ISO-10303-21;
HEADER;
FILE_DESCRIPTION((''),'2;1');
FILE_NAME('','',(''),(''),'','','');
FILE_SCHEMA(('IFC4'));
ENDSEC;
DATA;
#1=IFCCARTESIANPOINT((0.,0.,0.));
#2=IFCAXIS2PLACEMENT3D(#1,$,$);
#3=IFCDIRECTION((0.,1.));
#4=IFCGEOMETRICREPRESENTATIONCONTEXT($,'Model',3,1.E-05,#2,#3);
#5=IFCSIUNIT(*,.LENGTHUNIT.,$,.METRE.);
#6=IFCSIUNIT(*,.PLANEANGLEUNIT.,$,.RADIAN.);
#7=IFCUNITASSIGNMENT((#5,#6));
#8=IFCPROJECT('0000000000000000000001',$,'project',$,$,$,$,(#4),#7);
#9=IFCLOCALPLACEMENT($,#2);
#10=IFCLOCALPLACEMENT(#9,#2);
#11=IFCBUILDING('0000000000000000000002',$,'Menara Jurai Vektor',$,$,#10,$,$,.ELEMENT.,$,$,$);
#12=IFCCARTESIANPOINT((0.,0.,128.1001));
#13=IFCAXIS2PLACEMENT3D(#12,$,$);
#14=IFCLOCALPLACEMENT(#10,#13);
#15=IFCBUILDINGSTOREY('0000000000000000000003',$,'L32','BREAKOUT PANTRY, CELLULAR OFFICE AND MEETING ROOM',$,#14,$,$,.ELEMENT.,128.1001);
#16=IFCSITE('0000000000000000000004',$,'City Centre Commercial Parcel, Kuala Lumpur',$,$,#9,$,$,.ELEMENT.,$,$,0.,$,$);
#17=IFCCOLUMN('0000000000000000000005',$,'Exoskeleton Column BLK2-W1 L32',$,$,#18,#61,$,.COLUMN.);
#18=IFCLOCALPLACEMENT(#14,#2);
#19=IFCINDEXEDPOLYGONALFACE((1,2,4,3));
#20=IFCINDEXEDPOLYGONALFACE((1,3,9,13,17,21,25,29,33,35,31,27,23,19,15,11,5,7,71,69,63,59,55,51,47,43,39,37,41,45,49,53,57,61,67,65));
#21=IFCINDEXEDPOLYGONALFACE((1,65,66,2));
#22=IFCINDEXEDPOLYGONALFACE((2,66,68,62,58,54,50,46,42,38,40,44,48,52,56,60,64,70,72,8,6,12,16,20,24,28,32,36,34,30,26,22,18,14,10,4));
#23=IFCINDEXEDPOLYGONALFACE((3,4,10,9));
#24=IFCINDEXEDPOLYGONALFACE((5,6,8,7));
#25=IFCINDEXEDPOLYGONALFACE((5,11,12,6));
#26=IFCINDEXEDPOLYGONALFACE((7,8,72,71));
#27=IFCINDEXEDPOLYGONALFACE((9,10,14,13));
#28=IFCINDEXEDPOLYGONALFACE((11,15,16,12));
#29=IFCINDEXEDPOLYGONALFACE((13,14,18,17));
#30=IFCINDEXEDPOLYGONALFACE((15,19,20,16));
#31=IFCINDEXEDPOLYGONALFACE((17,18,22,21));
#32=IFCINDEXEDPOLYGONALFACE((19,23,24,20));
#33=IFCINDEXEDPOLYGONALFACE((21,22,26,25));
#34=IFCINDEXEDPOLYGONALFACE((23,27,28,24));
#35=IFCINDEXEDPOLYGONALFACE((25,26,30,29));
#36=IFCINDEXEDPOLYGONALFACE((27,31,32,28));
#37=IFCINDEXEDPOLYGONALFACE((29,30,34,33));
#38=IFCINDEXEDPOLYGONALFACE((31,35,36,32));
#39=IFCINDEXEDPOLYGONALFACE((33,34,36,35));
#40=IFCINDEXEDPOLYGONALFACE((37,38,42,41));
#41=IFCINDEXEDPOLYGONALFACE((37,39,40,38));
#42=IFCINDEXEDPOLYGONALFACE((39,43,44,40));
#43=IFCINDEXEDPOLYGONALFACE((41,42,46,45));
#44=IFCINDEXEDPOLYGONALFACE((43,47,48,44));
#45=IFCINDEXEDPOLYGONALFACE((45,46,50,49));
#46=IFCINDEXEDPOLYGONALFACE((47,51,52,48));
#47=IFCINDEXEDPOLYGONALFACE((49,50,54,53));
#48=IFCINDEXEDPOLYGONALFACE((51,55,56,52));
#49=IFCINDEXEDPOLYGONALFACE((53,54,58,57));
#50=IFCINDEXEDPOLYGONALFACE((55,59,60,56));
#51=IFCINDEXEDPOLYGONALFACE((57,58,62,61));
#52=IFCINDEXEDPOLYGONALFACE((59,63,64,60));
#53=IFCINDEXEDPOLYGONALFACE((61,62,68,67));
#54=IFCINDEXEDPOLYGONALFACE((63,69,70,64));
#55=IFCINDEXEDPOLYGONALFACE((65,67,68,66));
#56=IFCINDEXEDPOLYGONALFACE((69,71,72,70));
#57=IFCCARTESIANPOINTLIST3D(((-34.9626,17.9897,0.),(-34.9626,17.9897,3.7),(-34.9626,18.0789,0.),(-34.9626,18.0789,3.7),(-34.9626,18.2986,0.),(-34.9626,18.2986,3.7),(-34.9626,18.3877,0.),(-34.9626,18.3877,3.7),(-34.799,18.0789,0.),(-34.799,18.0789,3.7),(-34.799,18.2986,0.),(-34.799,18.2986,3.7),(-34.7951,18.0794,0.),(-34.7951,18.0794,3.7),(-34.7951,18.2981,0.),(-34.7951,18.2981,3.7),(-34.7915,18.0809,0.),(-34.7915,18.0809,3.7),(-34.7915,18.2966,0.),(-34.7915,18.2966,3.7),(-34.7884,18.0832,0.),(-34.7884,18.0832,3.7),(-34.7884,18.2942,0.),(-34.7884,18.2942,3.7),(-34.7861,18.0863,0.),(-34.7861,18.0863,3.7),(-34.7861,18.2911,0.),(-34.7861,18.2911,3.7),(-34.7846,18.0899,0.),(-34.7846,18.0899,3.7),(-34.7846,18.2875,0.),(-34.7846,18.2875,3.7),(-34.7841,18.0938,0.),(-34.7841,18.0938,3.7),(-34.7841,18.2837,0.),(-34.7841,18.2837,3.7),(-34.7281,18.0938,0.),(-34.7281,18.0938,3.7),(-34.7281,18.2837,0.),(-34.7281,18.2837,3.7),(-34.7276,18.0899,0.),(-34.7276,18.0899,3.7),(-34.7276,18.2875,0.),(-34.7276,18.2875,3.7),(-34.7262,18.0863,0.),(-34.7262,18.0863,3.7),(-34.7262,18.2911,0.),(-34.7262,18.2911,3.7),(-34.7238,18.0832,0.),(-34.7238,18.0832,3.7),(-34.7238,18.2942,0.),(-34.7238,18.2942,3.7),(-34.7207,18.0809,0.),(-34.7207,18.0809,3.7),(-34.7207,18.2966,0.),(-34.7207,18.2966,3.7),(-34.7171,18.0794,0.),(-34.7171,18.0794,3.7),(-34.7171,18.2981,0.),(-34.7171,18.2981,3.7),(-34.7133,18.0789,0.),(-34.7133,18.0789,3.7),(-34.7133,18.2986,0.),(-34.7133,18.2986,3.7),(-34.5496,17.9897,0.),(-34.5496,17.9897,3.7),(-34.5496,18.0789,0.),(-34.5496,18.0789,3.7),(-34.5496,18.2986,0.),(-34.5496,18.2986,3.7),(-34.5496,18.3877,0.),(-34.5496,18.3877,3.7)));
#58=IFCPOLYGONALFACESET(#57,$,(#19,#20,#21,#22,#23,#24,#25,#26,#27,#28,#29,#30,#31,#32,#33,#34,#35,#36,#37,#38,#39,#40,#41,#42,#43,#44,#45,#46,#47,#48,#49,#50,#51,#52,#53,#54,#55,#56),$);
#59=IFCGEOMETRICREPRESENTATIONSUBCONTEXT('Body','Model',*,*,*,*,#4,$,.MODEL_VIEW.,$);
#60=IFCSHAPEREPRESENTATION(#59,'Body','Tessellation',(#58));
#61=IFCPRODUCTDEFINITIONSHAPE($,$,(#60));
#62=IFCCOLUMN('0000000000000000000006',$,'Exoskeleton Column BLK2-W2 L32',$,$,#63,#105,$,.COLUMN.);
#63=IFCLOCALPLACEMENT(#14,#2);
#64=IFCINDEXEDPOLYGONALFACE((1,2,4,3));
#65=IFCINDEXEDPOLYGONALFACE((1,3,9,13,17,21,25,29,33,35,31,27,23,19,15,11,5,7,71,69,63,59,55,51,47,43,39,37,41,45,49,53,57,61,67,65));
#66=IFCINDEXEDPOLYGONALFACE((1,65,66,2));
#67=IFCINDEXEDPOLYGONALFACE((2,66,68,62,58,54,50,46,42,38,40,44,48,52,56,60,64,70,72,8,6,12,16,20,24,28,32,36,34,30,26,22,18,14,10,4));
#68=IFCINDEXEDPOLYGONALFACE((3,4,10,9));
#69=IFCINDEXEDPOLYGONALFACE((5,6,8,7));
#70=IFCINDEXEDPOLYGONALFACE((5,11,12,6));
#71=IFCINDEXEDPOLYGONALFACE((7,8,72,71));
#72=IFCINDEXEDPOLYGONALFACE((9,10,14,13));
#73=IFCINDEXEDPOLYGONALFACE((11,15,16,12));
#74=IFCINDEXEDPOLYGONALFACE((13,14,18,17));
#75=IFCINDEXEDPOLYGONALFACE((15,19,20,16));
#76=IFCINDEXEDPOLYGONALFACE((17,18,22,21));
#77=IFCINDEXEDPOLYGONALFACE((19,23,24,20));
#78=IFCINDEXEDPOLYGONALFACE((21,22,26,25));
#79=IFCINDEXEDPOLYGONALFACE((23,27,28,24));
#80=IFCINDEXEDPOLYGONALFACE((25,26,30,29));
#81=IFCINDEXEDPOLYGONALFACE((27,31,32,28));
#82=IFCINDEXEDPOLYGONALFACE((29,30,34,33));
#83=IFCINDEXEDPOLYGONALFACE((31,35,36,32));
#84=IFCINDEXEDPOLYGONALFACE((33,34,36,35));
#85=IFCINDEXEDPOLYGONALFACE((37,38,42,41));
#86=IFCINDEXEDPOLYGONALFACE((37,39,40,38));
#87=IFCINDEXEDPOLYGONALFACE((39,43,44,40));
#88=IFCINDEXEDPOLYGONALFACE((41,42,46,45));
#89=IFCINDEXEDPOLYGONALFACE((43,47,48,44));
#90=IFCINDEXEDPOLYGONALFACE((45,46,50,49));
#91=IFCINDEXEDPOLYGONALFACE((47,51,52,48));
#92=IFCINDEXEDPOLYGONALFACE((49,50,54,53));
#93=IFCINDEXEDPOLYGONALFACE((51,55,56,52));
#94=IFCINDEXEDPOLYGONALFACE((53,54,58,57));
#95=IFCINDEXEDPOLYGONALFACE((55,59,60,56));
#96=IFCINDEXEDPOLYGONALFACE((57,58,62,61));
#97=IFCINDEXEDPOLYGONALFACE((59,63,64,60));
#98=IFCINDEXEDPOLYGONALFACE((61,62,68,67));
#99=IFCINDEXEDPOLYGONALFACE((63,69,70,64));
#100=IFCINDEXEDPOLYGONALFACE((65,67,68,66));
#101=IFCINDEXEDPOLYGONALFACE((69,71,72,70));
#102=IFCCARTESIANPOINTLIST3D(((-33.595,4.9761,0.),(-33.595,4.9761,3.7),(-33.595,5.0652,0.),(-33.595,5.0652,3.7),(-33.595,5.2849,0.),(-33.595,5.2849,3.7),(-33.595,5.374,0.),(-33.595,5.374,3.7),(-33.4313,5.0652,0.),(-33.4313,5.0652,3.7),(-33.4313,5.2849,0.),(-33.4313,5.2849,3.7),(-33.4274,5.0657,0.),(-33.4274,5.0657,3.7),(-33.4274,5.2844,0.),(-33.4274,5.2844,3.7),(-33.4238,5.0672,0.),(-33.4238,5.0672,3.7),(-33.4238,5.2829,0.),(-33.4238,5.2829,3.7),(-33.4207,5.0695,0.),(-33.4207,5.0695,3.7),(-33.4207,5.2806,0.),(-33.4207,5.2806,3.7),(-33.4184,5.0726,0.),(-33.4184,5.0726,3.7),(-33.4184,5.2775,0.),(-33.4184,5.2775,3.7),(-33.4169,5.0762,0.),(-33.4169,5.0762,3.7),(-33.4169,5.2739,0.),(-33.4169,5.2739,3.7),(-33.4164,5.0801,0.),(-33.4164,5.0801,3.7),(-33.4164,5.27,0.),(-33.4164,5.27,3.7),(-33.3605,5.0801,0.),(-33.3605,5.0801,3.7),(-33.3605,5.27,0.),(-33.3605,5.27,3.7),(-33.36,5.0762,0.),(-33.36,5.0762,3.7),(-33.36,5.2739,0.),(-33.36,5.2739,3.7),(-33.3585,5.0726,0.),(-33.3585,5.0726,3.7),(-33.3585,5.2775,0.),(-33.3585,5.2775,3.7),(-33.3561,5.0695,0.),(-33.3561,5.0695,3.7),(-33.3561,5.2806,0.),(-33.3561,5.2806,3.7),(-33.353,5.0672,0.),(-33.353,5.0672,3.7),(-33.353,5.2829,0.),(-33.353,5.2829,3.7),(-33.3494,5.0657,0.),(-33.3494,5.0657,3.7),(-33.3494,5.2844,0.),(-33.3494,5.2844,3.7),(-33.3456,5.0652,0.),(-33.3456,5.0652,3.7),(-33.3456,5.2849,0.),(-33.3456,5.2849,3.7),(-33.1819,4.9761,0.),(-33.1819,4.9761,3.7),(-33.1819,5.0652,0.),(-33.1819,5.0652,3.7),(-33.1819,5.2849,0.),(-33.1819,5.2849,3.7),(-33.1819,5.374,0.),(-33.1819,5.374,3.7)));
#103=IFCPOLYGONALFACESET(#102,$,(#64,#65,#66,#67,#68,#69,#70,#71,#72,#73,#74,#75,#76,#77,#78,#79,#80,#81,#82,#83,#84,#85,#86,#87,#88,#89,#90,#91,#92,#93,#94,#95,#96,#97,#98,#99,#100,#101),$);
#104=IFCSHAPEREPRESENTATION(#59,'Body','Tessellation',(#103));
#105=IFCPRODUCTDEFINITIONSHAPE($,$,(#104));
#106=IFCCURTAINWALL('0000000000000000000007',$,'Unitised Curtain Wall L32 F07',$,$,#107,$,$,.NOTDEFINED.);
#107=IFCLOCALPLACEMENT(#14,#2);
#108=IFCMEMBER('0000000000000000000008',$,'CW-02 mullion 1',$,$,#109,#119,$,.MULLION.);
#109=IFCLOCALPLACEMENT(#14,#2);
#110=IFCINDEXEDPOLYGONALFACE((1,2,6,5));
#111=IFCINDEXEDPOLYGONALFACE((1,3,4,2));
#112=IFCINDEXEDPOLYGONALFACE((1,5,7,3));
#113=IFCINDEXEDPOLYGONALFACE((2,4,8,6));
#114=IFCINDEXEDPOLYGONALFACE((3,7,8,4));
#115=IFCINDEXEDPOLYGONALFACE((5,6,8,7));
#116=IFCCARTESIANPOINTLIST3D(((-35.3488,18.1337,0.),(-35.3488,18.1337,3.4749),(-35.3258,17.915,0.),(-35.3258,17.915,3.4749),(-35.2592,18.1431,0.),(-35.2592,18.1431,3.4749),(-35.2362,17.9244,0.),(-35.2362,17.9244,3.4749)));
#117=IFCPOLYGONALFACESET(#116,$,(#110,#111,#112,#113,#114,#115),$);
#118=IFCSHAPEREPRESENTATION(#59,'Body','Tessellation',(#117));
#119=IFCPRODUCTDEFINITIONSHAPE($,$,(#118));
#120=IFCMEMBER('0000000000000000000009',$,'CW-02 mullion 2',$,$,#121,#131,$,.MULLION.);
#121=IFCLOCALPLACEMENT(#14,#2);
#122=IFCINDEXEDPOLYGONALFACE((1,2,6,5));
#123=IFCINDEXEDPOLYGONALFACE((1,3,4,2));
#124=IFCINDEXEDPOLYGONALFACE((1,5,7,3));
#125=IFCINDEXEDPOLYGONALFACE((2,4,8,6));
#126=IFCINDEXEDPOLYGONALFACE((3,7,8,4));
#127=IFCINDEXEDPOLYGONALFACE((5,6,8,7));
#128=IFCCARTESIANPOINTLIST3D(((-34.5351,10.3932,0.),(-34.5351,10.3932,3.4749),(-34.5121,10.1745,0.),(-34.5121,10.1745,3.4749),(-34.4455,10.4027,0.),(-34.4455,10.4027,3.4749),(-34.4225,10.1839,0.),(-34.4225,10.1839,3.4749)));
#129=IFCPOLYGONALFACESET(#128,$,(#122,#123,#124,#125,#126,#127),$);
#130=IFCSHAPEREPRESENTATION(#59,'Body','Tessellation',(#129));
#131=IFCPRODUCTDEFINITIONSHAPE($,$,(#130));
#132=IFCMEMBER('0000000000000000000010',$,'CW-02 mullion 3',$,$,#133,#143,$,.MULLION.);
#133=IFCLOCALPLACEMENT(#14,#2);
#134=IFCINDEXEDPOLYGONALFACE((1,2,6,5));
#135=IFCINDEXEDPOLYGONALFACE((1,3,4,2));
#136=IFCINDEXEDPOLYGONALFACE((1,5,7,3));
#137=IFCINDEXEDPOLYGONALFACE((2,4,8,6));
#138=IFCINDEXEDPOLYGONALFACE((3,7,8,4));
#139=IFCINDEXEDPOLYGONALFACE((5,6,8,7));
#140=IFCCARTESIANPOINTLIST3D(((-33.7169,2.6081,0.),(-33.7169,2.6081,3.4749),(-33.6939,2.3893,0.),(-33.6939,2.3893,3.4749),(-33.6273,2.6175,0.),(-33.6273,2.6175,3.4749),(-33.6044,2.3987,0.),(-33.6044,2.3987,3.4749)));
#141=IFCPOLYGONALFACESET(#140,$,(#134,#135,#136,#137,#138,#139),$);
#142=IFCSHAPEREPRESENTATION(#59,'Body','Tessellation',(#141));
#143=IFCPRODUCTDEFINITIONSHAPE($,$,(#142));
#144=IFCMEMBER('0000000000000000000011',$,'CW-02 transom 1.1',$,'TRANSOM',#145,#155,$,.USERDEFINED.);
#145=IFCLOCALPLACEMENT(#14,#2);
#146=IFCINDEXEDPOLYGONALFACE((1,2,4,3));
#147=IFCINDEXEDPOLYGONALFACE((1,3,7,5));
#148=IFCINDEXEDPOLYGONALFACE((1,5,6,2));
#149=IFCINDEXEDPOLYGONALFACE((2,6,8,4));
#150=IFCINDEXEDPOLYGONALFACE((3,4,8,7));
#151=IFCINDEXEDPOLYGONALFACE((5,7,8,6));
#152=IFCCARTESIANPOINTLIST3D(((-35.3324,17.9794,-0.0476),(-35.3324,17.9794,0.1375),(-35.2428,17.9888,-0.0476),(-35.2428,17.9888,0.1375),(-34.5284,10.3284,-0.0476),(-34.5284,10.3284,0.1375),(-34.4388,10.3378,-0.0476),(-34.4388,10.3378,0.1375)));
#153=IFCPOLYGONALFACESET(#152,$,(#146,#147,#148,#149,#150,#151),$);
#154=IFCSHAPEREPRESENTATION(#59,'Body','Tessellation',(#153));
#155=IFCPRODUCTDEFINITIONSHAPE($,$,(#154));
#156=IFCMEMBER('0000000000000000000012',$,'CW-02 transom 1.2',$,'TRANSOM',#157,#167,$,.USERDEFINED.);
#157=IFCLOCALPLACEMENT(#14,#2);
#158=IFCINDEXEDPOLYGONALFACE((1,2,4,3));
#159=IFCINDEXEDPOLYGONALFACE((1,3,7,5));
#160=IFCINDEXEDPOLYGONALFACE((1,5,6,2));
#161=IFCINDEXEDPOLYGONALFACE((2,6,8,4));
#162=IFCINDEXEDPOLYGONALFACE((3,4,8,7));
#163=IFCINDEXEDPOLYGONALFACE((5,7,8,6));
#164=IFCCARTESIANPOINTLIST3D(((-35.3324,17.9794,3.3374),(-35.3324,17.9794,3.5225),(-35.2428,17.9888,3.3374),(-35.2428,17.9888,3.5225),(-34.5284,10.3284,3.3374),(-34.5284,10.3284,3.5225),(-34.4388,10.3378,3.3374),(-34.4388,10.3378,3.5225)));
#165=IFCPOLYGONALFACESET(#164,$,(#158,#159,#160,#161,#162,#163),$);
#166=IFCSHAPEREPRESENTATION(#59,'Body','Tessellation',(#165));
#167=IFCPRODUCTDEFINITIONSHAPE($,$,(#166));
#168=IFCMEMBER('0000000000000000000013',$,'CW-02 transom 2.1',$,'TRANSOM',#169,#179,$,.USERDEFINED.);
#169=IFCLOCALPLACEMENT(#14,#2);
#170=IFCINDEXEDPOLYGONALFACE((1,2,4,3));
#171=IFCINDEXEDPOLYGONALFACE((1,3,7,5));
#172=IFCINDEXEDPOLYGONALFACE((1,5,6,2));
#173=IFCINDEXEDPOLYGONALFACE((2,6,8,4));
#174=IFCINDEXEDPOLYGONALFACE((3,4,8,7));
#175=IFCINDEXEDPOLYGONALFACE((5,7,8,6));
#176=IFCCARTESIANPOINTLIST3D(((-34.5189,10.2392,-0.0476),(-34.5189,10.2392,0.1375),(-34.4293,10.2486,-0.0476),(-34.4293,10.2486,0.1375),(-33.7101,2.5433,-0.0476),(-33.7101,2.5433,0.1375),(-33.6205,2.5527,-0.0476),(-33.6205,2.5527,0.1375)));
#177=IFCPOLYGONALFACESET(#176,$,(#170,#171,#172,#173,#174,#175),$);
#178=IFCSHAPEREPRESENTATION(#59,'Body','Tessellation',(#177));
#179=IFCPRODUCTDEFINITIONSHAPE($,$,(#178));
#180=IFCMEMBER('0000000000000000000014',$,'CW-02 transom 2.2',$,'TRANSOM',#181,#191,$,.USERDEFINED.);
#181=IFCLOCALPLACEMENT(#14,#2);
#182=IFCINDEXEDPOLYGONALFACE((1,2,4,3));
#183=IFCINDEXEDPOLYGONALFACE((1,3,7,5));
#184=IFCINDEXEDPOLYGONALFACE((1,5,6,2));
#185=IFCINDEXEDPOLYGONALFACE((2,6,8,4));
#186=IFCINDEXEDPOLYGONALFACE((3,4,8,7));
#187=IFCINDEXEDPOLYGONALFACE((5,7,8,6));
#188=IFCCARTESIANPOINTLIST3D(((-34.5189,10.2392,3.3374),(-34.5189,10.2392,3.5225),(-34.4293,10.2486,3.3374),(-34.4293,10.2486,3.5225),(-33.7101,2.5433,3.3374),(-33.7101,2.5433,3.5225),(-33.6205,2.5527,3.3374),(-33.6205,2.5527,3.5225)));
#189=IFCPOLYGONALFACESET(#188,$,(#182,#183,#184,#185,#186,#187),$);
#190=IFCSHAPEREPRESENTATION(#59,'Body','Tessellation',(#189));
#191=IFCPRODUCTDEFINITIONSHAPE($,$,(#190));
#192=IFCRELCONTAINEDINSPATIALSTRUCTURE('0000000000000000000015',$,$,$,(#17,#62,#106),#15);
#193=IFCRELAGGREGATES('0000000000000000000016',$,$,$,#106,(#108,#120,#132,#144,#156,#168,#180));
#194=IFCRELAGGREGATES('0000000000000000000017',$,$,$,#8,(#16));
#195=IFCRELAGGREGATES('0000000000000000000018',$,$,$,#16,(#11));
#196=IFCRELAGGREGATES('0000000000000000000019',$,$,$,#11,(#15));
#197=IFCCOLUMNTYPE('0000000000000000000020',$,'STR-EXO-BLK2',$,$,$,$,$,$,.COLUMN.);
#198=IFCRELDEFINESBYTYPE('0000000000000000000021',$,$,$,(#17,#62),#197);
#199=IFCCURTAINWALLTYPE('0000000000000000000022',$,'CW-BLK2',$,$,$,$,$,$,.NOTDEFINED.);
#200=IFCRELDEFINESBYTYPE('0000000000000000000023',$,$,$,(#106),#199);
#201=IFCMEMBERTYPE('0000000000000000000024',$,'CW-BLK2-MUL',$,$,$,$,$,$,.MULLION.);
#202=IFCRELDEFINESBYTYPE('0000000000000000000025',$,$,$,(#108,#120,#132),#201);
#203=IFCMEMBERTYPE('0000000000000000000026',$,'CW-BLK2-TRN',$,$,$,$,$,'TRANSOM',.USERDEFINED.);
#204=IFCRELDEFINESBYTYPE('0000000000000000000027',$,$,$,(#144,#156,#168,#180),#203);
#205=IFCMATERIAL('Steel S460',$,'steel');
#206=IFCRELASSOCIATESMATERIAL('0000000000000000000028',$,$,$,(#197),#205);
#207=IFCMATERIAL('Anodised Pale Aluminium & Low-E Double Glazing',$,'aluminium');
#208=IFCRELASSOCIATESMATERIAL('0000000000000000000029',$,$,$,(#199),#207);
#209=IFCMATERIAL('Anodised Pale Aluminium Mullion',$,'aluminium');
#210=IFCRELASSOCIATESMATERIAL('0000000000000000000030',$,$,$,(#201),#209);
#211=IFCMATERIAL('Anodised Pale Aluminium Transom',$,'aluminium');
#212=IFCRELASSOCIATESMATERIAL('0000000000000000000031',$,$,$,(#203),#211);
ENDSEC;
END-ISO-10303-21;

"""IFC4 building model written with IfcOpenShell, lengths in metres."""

from ifc_helpers import new_model, si_unit, direction, frame, origin, origin_2d, place, context, subcontext, project, spatial, rectangle, i_section, extrude, material, material_profile, profile_set, type_object, element, aggregate, save


model = new_model("IFC4")

# Units and contexts
model_context = context("Model", 3, precision=1e-05, world=origin(), true_north=direction((0.0, 1.0)))
body_context = subcontext(model_context, "Body", "Model", "MODEL_VIEW")
ifc_project = project(units=[si_unit("LENGTHUNIT", "METRE"), si_unit("PLANEANGLEUNIT", "RADIAN")], contexts=[model_context])

# Site, building, storey
site_placement = place(None, origin())
site = spatial("IfcSite", under=ifc_project, at=site_placement, Name="City Centre Commercial Parcel, Kuala Lumpur", CompositionType="ELEMENT", RefElevation=0.0)
building_placement = place(site_placement, origin())
building = spatial("IfcBuilding", under=site, at=building_placement, Name="Menara Jurai Vektor", CompositionType="ELEMENT")
storey_placement = place(building_placement, frame((0.0, 0.0, 128.1001)))
storey = spatial("IfcBuildingStorey", under=building, at=storey_placement, Name="L32", Description="BREAKOUT PANTRY, CELLULAR OFFICE AND MEETING ROOM", CompositionType="ELEMENT", Elevation=128.1001)

# Columns
ifc_material_1 = material(Name="Steel S460", Category="steel")
ifc_material_profile_1 = material_profile(ifc_material_1, i_section(OverallWidth=0.4131, OverallDepth=0.3979, WebThickness=0.0559, FlangeThickness=0.0891, FilletRadius=0.0149, at=origin_2d()), Name="HD 400x744")
ifc_profile_set_1 = profile_set([ifc_material_profile_1], Name="Steel S460")
column_type = type_object("IfcColumnType", Name="STR-EXO-BLK2", PredefinedType="COLUMN", material=ifc_profile_set_1)
for number, where, z_axis, x_axis, name in (
    (1, (-34.7561, 18.1887, 0.0), (0.0, 0.0, 1.0), (1.0, 0.0, 0.0), "Exoskeleton Column BLK2-W1 L32"),
    (2, (-33.3884, 5.175, 0.0), (0.0, 0.0, 1.0), (1.0, 0.0, 0.0), "Exoskeleton Column BLK2-W2 L32"),
):
    element("IfcColumn", number, at=place(storey_placement, frame(where, z_axis=z_axis, x_axis=x_axis)), inside=storey, type_object=column_type, Name=name, PredefinedType="COLUMN", context=body_context, shape_type="SweptSolid", body=[
        extrude(i_section(OverallWidth=0.4131, OverallDepth=0.3979, WebThickness=0.0559, FlangeThickness=0.0891, FilletRadius=0.0149, at=origin_2d()), origin(), (0.0, 0.0, 1.0), 3.7),
    ])

# Curtain wall, members
ifc_material_2 = material(Name="Anodised Pale Aluminium & Low-E Double Glazing", Category="aluminium")
curtain_wall_type = type_object("IfcCurtainWallType", Name="CW-BLK2", PredefinedType="NOTDEFINED", material=ifc_material_2)
curtain_wall_placement = place(storey_placement, origin())
curtain_wall = element("IfcCurtainWall", 3, at=curtain_wall_placement, inside=storey, type_object=curtain_wall_type, Name="Unitised Curtain Wall L32 F07", PredefinedType="NOTDEFINED")
ifc_material_3 = material(Name="Anodised Pale Aluminium Mullion", Category="aluminium")
ifc_material_profile_2 = material_profile(ifc_material_3, rectangle(XDim=0.0901, YDim=0.22, at=origin_2d()), Name="ALU MUL 90x220")
ifc_profile_set_2 = profile_set([ifc_material_profile_2], Name="Anodised Pale Aluminium Mullion")
member_type_1 = type_object("IfcMemberType", Name="CW-BLK2-MUL", PredefinedType="MULLION", material=ifc_profile_set_2)
member_1_placement = place(storey_placement, frame((-35.2925, 18.0291, 0.0), z_axis=(0.0, 0.0, 1.0), x_axis=(0.994522, 0.10453, 0.0)))
member_1 = element("IfcMember", 4, at=member_1_placement, type_object=member_type_1, Name="CW-02 mullion 1", PredefinedType="MULLION", context=body_context, shape_type="SweptSolid", body=[
    extrude(rectangle(XDim=0.0901, YDim=0.22, at=origin_2d()), origin(), (0.0, 0.0, 1.0), 3.4749),
])
member_2_placement = place(storey_placement, frame((-34.4788, 10.2886, 0.0), z_axis=(0.0, 0.0, 1.0), x_axis=(0.994522, 0.10453, 0.0)))
member_2 = element("IfcMember", 5, at=member_2_placement, type_object=member_type_1, Name="CW-02 mullion 2", PredefinedType="MULLION", context=body_context, shape_type="SweptSolid", body=[
    extrude(rectangle(XDim=0.0901, YDim=0.22, at=origin_2d()), origin(), (0.0, 0.0, 1.0), 3.4749),
])
member_3_placement = place(storey_placement, frame((-33.6606, 2.5034, 0.0), z_axis=(0.0, 0.0, 1.0), x_axis=(0.994522, 0.10453, 0.0)))
member_3 = element("IfcMember", 6, at=member_3_placement, type_object=member_type_1, Name="CW-02 mullion 3", PredefinedType="MULLION", context=body_context, shape_type="SweptSolid", body=[
    extrude(rectangle(XDim=0.0901, YDim=0.22, at=origin_2d()), origin(), (0.0, 0.0, 1.0), 3.4749),
])
ifc_material_4 = material(Name="Anodised Pale Aluminium Transom", Category="aluminium")
ifc_material_profile_3 = material_profile(ifc_material_4, rectangle(XDim=0.0901, YDim=0.1851, at=origin_2d()), Name="ALU TRN 90x185")
ifc_profile_set_3 = profile_set([ifc_material_profile_3], Name="Anodised Pale Aluminium Transom")
member_type_2 = type_object("IfcMemberType", Name="CW-BLK2-TRN", ElementType="TRANSOM", PredefinedType="USERDEFINED", material=ifc_profile_set_3)
member_4_placement = place(storey_placement, frame((-35.2876, 17.9841, 0.0449), z_axis=(0.104505, -0.994524, 0.0), x_axis=(0.994524, 0.104505, 0.0)))
member_4 = element("IfcMember", 7, at=member_4_placement, type_object=member_type_2, Name="CW-02 transom 1.1", ObjectType="TRANSOM", PredefinedType="USERDEFINED", context=body_context, shape_type="SweptSolid", body=[
    extrude(rectangle(XDim=0.0901, YDim=0.1851, at=origin_2d()), origin(), (0.0, 0.0, 1.0), 7.6931),
])
member_5_placement = place(storey_placement, frame((-35.2876, 17.9841, 3.4299), z_axis=(0.104505, -0.994524, 0.0), x_axis=(0.994524, 0.104505, 0.0)))
member_5 = element("IfcMember", 8, at=member_5_placement, type_object=member_type_2, Name="CW-02 transom 1.2", ObjectType="TRANSOM", PredefinedType="USERDEFINED", context=body_context, shape_type="SweptSolid", body=[
    extrude(rectangle(XDim=0.0901, YDim=0.1851, at=origin_2d()), origin(), (0.0, 0.0, 1.0), 7.6931),
])
member_6_placement = place(storey_placement, frame((-34.4741, 10.2439, 0.0449), z_axis=(0.104525, -0.994522, 0.0), x_axis=(0.994522, 0.104525, 0.0)))
member_6 = element("IfcMember", 9, at=member_6_placement, type_object=member_type_2, Name="CW-02 transom 2.1", ObjectType="TRANSOM", PredefinedType="USERDEFINED", context=body_context, shape_type="SweptSolid", body=[
    extrude(rectangle(XDim=0.0901, YDim=0.1851, at=origin_2d()), origin(), (0.0, 0.0, 1.0), 7.7383),
])
member_7_placement = place(storey_placement, frame((-34.4741, 10.2439, 3.4299), z_axis=(0.104525, -0.994522, 0.0), x_axis=(0.994522, 0.104525, 0.0)))
member_7 = element("IfcMember", 10, at=member_7_placement, type_object=member_type_2, Name="CW-02 transom 2.2", ObjectType="TRANSOM", PredefinedType="USERDEFINED", context=body_context, shape_type="SweptSolid", body=[
    extrude(rectangle(XDim=0.0901, YDim=0.1851, at=origin_2d()), origin(), (0.0, 0.0, 1.0), 7.7383),
])

aggregate(curtain_wall, [member_1, member_2, member_3, member_4, member_5, member_6, member_7])

save(model, "model.ifc")
